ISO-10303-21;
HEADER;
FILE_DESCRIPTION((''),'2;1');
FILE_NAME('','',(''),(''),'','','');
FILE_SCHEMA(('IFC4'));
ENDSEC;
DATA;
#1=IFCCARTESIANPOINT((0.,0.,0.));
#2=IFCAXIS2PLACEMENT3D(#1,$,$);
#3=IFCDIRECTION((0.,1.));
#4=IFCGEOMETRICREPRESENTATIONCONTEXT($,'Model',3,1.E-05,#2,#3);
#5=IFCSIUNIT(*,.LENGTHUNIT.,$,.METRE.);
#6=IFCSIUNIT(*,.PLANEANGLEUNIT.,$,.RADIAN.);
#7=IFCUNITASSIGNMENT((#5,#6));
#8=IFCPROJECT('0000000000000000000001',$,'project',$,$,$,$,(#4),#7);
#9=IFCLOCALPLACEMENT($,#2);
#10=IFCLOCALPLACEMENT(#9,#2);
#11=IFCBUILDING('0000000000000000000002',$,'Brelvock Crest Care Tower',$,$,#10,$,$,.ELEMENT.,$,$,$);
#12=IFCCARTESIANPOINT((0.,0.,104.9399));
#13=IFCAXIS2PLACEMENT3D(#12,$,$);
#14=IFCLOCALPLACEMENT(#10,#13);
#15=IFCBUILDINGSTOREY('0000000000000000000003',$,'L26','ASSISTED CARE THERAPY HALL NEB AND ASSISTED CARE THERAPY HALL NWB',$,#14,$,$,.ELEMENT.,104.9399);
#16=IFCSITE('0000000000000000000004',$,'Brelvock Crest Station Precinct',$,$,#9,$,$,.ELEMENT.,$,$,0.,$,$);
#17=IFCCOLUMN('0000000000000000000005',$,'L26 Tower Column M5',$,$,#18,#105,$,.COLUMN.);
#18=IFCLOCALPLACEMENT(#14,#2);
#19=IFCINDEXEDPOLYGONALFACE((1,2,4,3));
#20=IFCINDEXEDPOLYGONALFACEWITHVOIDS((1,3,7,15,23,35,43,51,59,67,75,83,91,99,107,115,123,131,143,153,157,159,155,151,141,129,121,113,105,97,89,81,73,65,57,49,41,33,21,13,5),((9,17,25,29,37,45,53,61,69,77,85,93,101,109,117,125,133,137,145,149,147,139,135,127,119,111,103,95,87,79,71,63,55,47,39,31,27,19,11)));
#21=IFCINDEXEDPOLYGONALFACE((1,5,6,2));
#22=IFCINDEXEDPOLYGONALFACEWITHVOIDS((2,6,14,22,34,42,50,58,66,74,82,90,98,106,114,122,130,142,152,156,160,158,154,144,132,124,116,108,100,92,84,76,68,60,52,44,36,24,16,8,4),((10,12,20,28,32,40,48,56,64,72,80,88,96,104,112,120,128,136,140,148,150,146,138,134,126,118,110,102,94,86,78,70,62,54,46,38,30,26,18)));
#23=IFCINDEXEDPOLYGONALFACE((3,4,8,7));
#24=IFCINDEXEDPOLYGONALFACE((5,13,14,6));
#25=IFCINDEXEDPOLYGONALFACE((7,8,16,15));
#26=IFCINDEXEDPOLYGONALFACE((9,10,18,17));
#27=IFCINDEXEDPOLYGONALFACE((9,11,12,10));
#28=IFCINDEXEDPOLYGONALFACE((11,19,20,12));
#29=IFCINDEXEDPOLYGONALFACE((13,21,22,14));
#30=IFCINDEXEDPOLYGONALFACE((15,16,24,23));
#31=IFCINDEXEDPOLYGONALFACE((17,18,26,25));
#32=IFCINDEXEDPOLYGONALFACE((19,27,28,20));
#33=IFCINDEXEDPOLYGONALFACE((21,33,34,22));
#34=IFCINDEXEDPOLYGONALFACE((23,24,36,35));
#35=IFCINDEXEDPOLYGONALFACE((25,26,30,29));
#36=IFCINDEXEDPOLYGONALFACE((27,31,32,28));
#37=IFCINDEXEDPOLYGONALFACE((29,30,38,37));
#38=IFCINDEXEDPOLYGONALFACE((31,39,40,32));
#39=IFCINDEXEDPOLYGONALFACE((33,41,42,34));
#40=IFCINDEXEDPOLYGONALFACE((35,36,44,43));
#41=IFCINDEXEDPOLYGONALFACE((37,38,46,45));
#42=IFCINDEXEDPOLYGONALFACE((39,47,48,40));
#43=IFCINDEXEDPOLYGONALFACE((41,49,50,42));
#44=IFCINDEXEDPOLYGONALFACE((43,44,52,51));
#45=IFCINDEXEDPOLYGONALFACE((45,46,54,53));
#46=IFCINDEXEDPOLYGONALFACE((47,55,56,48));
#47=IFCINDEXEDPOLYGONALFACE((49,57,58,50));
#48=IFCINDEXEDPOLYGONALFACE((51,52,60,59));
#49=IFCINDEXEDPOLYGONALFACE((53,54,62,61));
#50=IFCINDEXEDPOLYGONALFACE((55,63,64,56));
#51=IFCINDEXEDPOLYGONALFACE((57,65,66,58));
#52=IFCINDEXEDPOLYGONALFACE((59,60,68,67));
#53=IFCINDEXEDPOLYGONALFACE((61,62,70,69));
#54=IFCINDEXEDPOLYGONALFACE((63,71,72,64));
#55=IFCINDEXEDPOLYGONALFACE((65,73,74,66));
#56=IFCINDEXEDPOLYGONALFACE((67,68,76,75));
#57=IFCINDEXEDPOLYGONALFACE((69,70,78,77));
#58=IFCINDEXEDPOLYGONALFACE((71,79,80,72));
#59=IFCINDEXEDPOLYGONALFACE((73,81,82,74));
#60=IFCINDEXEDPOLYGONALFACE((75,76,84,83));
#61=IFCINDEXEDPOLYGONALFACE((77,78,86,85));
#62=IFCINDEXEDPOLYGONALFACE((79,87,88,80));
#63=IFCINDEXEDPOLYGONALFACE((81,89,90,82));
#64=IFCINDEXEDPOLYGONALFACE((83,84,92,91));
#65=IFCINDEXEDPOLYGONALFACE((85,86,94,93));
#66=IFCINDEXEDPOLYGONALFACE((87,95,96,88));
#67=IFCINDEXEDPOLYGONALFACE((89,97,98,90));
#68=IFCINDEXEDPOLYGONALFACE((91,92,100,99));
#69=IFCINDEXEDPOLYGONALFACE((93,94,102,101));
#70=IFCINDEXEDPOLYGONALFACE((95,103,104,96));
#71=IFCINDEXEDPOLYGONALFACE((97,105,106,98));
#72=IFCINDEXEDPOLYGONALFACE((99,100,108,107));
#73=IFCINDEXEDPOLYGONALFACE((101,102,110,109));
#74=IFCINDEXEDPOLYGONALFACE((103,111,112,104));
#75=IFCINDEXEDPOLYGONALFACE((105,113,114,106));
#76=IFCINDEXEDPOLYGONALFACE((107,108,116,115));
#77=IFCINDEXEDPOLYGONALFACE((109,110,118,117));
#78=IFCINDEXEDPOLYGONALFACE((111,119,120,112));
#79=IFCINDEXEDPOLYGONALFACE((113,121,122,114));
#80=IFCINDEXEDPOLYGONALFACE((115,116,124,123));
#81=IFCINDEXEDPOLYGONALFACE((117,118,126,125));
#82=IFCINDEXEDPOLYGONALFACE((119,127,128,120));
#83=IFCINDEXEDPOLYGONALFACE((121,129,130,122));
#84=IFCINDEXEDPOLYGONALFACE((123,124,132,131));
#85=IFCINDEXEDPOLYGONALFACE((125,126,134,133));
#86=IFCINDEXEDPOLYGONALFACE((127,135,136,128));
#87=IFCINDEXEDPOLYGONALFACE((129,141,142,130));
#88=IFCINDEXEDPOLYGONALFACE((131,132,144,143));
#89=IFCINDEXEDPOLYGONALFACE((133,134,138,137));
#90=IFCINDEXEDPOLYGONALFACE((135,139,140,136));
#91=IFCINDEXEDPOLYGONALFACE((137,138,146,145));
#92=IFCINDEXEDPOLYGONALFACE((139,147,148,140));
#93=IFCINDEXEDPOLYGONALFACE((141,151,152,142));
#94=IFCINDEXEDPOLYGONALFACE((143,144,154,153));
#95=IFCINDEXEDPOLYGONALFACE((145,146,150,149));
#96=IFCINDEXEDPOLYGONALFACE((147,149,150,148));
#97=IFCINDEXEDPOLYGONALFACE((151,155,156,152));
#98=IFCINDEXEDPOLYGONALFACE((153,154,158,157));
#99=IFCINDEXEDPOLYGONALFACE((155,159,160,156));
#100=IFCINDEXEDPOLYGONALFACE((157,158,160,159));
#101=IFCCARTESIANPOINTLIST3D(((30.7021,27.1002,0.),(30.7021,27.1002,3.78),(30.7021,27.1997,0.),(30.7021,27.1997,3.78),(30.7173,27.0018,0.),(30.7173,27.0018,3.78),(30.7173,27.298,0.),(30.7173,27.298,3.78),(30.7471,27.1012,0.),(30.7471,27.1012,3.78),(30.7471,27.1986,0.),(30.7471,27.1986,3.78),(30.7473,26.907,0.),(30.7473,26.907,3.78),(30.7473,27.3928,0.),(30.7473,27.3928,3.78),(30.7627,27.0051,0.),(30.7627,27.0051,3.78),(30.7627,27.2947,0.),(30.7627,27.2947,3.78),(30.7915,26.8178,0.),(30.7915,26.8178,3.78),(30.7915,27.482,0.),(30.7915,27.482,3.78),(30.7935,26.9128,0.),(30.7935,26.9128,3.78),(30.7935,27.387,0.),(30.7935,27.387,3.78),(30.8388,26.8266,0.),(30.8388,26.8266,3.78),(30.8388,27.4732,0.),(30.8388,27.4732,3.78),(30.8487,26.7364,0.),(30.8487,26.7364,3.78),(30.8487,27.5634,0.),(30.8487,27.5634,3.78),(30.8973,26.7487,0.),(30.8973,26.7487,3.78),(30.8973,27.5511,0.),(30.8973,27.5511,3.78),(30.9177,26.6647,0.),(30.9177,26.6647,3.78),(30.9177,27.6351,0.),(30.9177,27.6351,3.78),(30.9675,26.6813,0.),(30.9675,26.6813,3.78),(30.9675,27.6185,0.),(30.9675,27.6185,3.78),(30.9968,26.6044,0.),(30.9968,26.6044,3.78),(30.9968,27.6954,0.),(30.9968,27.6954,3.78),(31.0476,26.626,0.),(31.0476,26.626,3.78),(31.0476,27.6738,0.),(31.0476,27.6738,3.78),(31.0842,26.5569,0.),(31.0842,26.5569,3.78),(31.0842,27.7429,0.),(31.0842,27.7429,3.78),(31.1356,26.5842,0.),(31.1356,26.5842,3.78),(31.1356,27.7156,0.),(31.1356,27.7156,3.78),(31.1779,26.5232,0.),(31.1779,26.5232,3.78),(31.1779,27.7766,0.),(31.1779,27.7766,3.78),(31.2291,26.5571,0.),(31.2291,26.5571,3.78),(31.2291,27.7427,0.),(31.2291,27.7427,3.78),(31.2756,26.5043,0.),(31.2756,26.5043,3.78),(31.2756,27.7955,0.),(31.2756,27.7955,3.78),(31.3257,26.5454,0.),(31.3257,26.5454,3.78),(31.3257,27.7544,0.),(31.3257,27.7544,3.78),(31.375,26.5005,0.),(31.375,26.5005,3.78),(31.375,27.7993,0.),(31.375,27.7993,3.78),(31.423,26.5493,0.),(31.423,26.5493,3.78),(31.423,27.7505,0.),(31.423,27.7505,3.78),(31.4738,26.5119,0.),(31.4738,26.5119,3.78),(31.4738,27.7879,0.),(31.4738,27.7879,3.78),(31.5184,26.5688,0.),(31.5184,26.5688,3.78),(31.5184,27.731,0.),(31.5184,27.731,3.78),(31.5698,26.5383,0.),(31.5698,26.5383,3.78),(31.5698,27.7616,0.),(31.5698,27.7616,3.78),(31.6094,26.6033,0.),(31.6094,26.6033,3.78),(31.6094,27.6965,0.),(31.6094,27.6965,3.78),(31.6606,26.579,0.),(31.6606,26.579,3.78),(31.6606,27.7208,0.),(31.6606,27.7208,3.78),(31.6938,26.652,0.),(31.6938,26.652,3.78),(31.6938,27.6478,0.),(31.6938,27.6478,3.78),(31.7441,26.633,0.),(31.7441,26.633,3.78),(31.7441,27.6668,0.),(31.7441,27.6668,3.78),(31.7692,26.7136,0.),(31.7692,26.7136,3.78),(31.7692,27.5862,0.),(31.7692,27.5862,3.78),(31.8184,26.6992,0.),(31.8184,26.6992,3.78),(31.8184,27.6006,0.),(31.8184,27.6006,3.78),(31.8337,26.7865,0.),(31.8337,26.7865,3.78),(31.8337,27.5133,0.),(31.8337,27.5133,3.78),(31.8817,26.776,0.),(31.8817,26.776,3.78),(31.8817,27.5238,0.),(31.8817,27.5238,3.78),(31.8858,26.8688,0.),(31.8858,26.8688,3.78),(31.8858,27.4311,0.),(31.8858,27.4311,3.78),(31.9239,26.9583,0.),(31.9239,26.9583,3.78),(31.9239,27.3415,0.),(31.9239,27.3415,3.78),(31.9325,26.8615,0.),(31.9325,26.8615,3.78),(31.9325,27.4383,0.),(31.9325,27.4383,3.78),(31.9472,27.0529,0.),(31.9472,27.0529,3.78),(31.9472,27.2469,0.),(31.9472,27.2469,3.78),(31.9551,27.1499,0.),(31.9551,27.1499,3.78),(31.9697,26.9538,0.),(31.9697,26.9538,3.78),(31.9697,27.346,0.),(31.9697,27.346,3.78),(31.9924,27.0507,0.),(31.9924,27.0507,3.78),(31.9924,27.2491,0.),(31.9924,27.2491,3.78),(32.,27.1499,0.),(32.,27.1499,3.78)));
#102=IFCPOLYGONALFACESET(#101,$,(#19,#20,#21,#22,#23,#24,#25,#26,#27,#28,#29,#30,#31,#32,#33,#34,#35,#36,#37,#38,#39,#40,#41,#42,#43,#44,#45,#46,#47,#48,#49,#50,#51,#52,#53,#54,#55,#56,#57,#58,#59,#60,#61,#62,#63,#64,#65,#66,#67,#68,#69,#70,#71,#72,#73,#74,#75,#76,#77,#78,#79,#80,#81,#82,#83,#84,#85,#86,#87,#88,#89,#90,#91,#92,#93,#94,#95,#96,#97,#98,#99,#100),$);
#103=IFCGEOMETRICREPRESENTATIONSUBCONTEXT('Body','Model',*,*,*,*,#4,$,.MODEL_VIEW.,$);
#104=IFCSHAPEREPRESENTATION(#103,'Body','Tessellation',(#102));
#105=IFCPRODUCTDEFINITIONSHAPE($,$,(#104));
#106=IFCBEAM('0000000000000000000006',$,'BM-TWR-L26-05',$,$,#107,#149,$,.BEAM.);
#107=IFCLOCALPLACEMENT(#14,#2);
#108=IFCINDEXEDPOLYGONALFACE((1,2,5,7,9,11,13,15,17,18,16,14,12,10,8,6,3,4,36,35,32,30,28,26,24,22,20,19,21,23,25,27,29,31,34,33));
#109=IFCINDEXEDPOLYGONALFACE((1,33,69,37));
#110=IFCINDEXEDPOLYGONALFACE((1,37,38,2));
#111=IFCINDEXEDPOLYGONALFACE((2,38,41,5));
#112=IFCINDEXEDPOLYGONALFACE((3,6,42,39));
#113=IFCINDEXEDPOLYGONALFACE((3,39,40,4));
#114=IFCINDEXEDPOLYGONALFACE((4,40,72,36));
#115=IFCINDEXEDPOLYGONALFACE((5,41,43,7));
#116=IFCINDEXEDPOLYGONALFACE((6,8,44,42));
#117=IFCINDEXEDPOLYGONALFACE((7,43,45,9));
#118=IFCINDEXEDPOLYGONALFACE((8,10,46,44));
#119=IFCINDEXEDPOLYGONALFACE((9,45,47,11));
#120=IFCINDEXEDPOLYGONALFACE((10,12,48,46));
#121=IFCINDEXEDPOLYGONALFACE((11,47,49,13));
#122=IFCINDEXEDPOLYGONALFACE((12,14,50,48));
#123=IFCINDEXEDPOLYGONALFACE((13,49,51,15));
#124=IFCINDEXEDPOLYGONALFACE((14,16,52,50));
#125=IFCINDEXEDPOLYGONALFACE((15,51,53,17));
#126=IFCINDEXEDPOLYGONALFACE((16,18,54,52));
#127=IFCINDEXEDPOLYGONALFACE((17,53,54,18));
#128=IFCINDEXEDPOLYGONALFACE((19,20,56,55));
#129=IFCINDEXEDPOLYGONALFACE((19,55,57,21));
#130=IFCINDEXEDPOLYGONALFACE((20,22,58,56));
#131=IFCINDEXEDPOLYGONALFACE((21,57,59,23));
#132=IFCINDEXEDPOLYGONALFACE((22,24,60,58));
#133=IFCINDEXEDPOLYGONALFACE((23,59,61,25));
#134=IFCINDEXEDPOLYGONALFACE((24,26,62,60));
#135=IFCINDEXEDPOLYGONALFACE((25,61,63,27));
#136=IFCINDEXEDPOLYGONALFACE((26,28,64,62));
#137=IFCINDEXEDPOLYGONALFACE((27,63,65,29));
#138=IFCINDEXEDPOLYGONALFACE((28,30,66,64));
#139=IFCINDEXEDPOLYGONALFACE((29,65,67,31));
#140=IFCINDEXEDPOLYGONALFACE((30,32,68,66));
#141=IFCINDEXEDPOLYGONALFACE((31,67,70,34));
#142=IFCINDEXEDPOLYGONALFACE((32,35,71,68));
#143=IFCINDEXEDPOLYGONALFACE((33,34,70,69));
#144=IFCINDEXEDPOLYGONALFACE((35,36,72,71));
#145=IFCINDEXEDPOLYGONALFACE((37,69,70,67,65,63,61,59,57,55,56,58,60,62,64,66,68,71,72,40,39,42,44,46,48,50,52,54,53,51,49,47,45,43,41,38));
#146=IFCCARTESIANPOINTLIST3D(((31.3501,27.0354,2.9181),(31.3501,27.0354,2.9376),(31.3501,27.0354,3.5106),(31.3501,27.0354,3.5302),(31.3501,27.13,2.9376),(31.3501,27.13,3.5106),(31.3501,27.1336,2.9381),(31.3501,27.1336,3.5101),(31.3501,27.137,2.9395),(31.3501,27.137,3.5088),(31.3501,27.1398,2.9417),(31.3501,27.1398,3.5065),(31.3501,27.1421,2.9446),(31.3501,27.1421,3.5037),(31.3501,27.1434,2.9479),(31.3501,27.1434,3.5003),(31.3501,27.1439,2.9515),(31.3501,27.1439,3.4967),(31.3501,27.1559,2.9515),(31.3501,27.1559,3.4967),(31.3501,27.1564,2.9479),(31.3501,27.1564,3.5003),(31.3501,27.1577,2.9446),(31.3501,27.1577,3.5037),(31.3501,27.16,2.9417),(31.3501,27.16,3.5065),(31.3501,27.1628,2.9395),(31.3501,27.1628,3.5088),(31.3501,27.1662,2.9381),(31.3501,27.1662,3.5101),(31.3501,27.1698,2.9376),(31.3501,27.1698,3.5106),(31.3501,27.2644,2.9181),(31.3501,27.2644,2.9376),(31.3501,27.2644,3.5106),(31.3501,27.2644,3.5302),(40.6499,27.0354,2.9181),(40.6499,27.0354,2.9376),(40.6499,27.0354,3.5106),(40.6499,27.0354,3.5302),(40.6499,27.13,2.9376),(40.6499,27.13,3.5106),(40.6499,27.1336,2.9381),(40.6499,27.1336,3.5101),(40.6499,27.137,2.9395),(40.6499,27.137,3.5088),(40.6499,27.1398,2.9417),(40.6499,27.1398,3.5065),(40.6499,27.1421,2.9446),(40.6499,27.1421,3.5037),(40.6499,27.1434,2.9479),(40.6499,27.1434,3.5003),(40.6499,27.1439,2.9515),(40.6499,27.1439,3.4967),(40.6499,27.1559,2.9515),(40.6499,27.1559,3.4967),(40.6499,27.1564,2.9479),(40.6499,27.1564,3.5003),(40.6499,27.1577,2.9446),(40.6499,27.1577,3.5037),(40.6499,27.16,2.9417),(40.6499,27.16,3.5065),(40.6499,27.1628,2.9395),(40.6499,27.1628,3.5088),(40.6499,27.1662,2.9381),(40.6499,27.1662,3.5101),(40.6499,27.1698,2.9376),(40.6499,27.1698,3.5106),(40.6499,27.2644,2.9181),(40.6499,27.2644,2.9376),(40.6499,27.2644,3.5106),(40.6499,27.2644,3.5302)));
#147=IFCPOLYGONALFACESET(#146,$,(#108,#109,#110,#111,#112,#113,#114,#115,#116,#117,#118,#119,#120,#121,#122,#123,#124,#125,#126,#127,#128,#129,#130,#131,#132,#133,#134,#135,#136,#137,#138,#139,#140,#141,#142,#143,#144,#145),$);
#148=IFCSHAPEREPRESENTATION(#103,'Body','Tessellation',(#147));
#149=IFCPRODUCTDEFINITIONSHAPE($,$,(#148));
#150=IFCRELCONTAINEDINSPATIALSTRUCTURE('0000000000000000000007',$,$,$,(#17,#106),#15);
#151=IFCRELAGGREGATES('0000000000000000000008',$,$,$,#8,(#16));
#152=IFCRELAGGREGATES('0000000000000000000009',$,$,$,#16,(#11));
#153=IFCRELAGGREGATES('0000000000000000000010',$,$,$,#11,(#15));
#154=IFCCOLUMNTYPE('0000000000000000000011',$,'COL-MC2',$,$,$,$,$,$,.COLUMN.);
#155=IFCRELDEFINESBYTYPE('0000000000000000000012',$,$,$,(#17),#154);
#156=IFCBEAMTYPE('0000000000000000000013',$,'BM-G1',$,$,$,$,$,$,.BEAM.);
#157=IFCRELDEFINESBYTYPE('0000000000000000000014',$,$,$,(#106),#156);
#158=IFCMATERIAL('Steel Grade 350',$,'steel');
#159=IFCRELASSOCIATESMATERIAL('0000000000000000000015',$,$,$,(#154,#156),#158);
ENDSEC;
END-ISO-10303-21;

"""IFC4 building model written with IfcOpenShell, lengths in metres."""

from ifc_helpers import new_model, si_unit, direction, frame, origin, origin_2d, place, context, subcontext, project, spatial, hollow_circle, i_section, extrude, source, transform, mapped, material, material_profile, profile_set, type_object, element, save


model = new_model("IFC4")

# Units and contexts
model_context = context("Model", 3, precision=1e-05, world=origin(), true_north=direction((0.0, 1.0)))
body_context = subcontext(model_context, "Body", "Model", "MODEL_VIEW")
ifc_project = project(units=[si_unit("LENGTHUNIT", "METRE"), si_unit("PLANEANGLEUNIT", "RADIAN")], contexts=[model_context])

# Site, building, storey
site_placement = place(None, origin())
site = spatial("IfcSite", under=ifc_project, at=site_placement, Name="Brelvock Crest Station Precinct", CompositionType="ELEMENT", RefElevation=0.0)
building_placement = place(site_placement, origin())
building = spatial("IfcBuilding", under=site, at=building_placement, Name="Brelvock Crest Care Tower", CompositionType="ELEMENT")
storey_placement = place(building_placement, frame((0.0, 0.0, 104.9399)))
storey = spatial("IfcBuildingStorey", under=building, at=storey_placement, Name="L26", Description="ASSISTED CARE THERAPY HALL NEB AND ASSISTED CARE THERAPY HALL NWB", CompositionType="ELEMENT", Elevation=104.9399)

# Column
ifc_material_1 = material(Name="Steel Grade 350", Category="steel")
ifc_material_profile_1 = material_profile(ifc_material_1, hollow_circle(Radius=0.6499, WallThickness=0.0449, at=origin_2d()), Name="CFT1300x45")
ifc_profile_set_1 = profile_set([ifc_material_profile_1], Name="Steel Grade 350")
column_type = type_object("IfcColumnType", Name="COL-MC2", PredefinedType="COLUMN", material=ifc_profile_set_1)
shared_shape_1 = source(origin(), body_context, "Body", "SweptSolid", [
    extrude(hollow_circle(Radius=0.6499, WallThickness=0.0449, at=origin_2d()), origin(), (0.0, 0.0, 1.0), 3.78),
])
column_placement = place(storey_placement, frame((31.3501, 27.1499, 0.0), z_axis=(0.0, 0.0, 1.0), x_axis=(1.0, 0.0, 0.0)))
element("IfcColumn", 1, at=column_placement, inside=storey, type_object=column_type, Name="L26 Tower Column M5", PredefinedType="COLUMN", context=body_context, shape_type="MappedRepresentation", body=[
    mapped(shared_shape_1, transform((0.0, 0.0, 0.0), x_axis=(1.0, 0.0, 0.0), y_axis=(0.0, 1.0, 0.0), z_axis=(0.0, 0.0, 1.0), scale=1.0)),
])

# Beam
ifc_material_profile_2 = material_profile(ifc_material_1, i_section(OverallWidth=0.229, OverallDepth=0.6121, WebThickness=0.012, FlangeThickness=0.0195, FilletRadius=0.0139, at=origin_2d()), Name="610UB125")
ifc_profile_set_2 = profile_set([ifc_material_profile_2], Name="Steel Grade 350")
beam_type_1 = type_object("IfcBeamType", Name="BM-G1", PredefinedType="BEAM", material=ifc_profile_set_2)
shared_shape_2 = source(origin(), body_context, "Body", "SweptSolid", [
    extrude(i_section(OverallWidth=0.229, OverallDepth=0.6121, WebThickness=0.012, FlangeThickness=0.0195, FilletRadius=0.0139, at=origin_2d()), origin(), (0.0, 0.0, 1.0), 9.2998),
])
beam_1_placement = place(storey_placement, frame((31.3501, 27.1499, 3.2241), z_axis=(1.0, 0.0, 0.0), x_axis=(0.0, 1.0, 0.0)))
element("IfcBeam", 2, at=beam_1_placement, inside=storey, type_object=beam_type_1, Name="BM-TWR-L26-05", PredefinedType="BEAM", context=body_context, shape_type="MappedRepresentation", body=[
    mapped(shared_shape_2, transform((0.0, 0.0, 0.0), x_axis=(1.0, 0.0, 0.0), y_axis=(0.0, 1.0, 0.0), z_axis=(0.0, 0.0, 1.0), scale=1.0)),
])

save(model, "model.ifc")
